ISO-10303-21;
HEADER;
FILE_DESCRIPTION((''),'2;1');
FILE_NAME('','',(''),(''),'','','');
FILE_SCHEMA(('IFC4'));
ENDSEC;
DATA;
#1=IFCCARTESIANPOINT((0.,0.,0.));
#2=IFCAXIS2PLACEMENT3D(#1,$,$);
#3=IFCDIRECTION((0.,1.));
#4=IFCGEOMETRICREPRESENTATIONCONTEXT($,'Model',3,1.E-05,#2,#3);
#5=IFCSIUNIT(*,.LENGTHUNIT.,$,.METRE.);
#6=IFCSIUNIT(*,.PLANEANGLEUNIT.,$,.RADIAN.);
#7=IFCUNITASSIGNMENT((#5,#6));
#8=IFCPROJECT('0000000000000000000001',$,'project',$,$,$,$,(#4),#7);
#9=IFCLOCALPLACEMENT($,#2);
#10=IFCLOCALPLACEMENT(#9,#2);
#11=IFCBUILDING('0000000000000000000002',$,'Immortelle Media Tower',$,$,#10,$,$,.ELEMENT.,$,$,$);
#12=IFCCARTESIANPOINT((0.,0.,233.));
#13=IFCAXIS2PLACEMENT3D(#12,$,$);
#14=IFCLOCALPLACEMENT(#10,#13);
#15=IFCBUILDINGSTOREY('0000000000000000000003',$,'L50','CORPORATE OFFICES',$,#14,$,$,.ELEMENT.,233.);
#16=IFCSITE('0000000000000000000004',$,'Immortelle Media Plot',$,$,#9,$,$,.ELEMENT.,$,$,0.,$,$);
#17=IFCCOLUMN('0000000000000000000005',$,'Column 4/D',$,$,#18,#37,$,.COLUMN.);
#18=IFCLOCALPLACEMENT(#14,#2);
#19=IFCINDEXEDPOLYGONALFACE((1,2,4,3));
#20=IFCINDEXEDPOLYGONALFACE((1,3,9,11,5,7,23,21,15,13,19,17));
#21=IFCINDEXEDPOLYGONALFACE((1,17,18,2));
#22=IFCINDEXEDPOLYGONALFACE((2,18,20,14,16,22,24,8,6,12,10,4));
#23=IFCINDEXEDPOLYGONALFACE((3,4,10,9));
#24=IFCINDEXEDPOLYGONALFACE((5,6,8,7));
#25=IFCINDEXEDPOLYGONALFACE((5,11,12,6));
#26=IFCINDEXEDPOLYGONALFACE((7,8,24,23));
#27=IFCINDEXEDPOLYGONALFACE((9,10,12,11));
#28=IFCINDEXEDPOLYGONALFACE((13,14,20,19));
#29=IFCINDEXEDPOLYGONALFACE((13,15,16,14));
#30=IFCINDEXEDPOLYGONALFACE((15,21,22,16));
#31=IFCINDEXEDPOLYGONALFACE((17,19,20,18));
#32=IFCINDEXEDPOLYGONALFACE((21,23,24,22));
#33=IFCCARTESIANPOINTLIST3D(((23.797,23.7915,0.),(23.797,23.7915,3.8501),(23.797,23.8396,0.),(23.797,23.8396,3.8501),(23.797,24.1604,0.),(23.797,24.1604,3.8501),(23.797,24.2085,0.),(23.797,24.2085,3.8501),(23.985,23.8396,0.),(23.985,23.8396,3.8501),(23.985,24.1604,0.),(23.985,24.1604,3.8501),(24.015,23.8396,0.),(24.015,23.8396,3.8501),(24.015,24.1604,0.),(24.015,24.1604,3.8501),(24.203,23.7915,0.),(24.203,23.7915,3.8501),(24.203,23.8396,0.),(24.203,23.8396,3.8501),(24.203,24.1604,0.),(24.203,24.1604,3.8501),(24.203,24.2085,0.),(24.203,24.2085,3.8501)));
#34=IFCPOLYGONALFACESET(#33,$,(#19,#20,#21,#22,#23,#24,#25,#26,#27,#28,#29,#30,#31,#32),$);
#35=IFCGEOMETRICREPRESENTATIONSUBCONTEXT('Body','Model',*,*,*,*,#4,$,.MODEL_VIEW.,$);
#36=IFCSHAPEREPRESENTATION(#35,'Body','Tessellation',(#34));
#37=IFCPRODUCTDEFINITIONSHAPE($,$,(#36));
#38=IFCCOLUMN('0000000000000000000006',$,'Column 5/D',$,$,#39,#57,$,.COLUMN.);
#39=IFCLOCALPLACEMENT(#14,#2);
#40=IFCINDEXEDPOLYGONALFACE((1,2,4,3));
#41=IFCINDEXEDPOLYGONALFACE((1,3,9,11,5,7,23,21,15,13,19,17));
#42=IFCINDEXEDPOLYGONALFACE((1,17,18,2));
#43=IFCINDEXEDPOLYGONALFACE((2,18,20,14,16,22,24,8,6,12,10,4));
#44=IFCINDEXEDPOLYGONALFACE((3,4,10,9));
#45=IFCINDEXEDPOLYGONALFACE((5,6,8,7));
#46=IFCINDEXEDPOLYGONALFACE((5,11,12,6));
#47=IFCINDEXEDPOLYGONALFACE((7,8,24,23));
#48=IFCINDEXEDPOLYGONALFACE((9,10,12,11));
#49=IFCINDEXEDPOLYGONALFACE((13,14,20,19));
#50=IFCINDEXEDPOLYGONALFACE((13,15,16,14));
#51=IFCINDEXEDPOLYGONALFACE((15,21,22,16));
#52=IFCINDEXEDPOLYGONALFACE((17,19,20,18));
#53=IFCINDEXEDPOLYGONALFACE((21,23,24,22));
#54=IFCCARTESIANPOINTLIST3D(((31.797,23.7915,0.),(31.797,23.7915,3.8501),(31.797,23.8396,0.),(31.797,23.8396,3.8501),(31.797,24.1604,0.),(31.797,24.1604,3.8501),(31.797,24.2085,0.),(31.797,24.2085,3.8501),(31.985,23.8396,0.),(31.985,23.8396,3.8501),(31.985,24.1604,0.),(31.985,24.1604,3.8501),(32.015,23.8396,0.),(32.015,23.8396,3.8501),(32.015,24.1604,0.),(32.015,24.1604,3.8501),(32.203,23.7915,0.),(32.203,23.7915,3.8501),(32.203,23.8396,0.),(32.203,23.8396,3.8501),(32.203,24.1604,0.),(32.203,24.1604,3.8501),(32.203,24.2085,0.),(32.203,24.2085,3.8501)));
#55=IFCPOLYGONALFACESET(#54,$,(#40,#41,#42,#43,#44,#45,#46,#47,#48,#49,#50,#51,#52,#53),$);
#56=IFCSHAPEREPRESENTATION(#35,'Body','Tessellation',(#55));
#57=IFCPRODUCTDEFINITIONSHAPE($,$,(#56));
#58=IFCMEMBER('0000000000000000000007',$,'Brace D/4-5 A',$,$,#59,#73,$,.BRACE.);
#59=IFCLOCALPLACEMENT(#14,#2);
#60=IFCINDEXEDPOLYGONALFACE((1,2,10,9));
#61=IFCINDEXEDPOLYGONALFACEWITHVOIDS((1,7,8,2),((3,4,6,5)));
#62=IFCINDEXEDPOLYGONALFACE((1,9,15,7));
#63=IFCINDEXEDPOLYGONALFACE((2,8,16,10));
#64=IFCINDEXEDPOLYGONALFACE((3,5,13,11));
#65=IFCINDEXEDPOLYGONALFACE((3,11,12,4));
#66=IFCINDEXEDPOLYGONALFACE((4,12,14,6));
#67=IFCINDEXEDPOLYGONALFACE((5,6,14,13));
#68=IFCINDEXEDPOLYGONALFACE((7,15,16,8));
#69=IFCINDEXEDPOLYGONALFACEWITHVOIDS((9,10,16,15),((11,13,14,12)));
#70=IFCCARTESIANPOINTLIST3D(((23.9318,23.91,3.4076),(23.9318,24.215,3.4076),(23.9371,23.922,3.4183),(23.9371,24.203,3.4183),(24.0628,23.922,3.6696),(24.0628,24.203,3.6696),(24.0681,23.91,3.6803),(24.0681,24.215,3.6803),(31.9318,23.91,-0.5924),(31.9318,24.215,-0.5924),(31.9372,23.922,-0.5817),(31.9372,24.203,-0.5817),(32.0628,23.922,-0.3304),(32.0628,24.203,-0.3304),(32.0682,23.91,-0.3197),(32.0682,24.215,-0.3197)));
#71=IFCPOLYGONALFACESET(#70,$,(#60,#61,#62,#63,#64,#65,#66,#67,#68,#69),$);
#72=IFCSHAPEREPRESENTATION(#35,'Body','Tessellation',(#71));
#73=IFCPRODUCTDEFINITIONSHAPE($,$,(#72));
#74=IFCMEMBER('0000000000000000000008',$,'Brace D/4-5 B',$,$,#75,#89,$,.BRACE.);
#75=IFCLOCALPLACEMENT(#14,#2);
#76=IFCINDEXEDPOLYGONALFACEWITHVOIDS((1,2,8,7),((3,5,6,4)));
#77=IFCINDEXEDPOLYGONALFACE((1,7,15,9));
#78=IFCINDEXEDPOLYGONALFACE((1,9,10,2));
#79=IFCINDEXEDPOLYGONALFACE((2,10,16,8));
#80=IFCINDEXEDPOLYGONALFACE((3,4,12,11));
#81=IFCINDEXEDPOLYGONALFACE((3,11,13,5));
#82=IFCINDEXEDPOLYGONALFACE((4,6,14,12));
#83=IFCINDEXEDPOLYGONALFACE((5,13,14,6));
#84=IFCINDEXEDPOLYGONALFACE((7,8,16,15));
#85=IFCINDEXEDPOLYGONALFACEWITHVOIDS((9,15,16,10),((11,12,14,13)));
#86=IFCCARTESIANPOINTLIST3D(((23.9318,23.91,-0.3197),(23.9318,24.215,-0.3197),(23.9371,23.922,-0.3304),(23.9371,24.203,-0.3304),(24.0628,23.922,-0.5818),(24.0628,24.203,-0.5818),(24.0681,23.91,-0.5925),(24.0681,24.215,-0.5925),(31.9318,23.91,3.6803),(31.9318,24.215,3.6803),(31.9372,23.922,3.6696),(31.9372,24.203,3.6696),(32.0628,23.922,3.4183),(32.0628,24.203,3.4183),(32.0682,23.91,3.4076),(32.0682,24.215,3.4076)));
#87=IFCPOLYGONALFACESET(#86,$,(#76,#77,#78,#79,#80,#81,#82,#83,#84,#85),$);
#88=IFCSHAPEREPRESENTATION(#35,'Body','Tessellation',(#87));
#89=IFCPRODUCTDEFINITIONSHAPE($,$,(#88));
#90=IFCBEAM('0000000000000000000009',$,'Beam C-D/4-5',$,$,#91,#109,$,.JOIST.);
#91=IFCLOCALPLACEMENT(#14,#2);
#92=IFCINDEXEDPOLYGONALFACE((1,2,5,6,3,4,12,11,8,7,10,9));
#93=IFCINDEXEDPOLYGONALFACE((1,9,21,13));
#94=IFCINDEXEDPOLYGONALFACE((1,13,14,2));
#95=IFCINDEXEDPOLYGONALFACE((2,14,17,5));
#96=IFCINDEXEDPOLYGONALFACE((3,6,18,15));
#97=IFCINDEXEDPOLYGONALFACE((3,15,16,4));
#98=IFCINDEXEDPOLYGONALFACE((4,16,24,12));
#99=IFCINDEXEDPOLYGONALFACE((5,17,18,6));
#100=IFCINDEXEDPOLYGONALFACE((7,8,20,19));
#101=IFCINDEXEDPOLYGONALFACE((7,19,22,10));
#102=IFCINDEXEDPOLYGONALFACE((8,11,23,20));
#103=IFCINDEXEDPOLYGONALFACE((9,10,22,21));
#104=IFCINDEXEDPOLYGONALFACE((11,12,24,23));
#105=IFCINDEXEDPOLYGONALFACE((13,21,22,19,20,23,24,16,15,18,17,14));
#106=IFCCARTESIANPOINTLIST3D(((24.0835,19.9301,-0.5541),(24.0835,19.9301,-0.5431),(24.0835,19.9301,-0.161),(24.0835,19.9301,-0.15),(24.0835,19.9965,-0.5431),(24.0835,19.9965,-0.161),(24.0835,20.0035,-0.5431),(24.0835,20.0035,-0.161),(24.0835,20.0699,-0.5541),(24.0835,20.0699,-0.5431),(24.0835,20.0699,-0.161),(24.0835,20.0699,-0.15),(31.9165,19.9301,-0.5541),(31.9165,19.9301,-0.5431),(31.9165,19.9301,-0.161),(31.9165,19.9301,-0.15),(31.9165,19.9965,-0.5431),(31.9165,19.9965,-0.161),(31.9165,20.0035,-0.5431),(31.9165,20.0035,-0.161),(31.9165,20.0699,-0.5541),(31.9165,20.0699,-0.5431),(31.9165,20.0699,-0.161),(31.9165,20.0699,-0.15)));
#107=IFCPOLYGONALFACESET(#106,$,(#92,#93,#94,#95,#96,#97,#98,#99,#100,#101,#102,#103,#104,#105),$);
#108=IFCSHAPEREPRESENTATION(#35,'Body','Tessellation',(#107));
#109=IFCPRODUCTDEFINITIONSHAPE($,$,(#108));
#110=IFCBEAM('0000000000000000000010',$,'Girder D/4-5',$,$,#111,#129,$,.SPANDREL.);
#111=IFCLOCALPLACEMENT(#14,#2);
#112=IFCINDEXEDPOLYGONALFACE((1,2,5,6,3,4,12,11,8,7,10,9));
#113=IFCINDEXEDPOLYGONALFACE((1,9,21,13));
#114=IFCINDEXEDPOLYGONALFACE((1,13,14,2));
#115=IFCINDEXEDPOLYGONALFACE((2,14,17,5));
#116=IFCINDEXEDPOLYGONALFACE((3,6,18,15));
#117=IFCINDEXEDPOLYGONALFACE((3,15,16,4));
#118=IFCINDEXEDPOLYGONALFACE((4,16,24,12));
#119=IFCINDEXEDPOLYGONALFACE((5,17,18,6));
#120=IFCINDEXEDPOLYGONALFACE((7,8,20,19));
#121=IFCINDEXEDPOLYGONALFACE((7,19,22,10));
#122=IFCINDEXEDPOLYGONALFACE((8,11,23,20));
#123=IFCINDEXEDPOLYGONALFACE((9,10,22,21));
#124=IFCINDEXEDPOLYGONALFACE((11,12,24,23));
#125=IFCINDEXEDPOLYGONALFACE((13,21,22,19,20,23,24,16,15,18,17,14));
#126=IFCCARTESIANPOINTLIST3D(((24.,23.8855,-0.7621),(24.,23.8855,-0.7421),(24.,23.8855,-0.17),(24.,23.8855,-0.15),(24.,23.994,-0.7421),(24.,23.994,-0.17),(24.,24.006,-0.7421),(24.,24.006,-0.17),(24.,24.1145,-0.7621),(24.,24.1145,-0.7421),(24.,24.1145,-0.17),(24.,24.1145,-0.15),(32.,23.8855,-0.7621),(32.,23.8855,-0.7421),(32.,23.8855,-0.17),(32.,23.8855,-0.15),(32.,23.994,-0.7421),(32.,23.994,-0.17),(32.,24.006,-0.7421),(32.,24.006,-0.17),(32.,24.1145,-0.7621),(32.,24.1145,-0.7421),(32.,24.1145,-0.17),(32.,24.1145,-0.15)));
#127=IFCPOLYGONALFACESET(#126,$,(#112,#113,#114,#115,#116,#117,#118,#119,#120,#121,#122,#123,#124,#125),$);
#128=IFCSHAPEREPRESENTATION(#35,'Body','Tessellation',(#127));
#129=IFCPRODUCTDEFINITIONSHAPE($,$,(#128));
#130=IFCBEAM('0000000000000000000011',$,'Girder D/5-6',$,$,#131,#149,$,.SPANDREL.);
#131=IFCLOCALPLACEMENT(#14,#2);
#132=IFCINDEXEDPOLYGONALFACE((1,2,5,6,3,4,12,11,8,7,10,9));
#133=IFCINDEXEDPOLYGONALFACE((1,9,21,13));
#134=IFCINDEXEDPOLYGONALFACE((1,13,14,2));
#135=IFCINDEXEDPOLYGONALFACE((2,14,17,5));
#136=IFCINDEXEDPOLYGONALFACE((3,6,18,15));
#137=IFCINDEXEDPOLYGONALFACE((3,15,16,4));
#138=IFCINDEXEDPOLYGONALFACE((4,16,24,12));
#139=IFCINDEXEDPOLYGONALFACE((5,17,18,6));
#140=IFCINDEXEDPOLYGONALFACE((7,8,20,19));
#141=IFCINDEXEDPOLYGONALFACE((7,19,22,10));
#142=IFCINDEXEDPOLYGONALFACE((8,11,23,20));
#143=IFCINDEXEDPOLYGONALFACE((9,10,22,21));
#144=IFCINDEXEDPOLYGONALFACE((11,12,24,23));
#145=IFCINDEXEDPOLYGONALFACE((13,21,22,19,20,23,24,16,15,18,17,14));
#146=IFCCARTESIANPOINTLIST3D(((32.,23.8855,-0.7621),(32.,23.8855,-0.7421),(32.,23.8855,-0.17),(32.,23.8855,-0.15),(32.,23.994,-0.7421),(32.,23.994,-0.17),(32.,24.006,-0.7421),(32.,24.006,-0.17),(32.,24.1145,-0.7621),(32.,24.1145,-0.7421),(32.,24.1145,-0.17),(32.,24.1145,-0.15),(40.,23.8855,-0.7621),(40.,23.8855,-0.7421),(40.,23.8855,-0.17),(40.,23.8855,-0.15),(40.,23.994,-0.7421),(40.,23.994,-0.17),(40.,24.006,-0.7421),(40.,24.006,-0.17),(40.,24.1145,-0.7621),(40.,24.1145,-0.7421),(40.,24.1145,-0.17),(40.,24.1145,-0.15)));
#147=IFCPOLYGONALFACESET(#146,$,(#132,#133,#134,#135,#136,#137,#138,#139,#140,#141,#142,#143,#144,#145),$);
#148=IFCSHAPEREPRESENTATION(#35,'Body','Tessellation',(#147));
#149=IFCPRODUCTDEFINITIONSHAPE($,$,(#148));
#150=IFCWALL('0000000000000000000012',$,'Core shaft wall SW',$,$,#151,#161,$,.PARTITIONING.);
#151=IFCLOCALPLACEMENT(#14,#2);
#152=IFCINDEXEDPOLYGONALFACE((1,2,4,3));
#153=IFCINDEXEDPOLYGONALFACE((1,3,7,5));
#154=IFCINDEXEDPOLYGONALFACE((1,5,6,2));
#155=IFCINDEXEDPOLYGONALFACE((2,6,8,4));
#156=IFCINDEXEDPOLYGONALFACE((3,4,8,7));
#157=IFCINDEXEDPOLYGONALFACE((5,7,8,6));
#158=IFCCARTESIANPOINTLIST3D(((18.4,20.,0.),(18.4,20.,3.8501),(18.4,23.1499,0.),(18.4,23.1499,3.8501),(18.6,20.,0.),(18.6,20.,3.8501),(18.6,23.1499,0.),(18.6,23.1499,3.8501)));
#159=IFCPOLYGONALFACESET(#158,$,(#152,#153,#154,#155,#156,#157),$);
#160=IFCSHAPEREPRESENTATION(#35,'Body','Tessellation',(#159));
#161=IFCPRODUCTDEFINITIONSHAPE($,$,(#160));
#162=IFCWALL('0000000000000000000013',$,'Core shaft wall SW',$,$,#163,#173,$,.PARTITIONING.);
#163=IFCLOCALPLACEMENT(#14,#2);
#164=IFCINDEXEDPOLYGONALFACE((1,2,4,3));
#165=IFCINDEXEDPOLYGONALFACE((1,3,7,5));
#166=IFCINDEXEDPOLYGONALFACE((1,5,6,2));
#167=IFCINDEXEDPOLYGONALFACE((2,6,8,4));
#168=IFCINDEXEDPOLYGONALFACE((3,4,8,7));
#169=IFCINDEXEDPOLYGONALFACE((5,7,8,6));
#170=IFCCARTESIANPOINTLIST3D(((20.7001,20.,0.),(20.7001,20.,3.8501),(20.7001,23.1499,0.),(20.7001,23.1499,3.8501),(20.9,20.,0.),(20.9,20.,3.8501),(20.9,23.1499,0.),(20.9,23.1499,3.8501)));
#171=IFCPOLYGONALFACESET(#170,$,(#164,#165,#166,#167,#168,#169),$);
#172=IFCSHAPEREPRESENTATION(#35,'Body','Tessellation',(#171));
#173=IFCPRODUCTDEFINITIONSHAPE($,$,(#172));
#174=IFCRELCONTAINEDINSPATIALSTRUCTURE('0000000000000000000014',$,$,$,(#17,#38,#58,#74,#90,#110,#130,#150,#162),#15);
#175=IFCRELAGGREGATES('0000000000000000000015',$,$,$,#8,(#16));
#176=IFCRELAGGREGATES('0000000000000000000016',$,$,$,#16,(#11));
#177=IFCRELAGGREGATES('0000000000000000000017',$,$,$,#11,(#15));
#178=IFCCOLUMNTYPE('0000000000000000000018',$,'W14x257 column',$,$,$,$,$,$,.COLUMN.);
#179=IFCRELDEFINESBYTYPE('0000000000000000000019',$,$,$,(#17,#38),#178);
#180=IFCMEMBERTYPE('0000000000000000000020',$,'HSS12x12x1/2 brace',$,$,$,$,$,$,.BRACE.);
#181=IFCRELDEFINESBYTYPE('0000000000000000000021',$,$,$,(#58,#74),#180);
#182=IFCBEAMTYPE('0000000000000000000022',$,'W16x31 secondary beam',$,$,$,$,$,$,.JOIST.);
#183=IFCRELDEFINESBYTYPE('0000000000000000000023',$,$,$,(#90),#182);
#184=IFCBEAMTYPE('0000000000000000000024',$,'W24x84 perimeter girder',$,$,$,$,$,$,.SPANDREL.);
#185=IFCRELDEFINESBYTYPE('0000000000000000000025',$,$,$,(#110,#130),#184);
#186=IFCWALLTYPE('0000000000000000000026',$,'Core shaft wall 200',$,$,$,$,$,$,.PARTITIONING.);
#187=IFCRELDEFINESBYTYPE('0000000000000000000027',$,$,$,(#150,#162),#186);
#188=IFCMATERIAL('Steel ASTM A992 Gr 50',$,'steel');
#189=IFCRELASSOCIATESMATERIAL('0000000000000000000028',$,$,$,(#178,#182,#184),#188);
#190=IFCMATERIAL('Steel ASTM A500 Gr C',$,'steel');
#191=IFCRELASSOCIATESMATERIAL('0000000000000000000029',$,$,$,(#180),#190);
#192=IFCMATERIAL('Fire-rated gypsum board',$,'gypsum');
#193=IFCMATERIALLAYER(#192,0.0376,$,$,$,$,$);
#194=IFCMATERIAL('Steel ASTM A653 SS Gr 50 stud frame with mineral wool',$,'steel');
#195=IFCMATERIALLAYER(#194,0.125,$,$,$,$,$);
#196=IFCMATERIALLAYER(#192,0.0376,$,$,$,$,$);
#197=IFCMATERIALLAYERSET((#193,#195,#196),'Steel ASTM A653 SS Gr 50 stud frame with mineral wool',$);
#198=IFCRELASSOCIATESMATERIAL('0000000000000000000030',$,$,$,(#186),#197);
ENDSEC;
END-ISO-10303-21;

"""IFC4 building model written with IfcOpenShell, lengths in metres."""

from ifc_helpers import new_model, si_unit, direction, frame, frame_2d, origin, origin_2d, place, context, subcontext, project, spatial, rectangle, hollow_rectangle, i_section, extrude, material, layer, layer_set, material_profile, profile_set, type_object, element, save


model = new_model("IFC4")

# Units and contexts
model_context = context("Model", 3, precision=1e-05, world=origin(), true_north=direction((0.0, 1.0)))
body_context = subcontext(model_context, "Body", "Model", "MODEL_VIEW")
ifc_project = project(units=[si_unit("LENGTHUNIT", "METRE"), si_unit("PLANEANGLEUNIT", "RADIAN")], contexts=[model_context])

# Site, building, storey
site_placement = place(None, origin())
site = spatial("IfcSite", under=ifc_project, at=site_placement, Name="Immortelle Media Plot", CompositionType="ELEMENT", RefElevation=0.0)
building_placement = place(site_placement, origin())
building = spatial("IfcBuilding", under=site, at=building_placement, Name="Immortelle Media Tower", CompositionType="ELEMENT")
storey_placement = place(building_placement, frame((0.0, 0.0, 233.0)))
storey = spatial("IfcBuildingStorey", under=building, at=storey_placement, Name="L50", Description="CORPORATE OFFICES", CompositionType="ELEMENT", Elevation=233.0)

# Columns
ifc_material_1 = material(Name="Steel ASTM A992 Gr 50", Category="steel")
ifc_material_profile_1 = material_profile(ifc_material_1, i_section(OverallWidth=0.406, OverallDepth=0.417, WebThickness=0.03, FlangeThickness=0.0481, at=origin_2d()), Name="W14x257")
ifc_profile_set_1 = profile_set([ifc_material_profile_1], Name="Steel ASTM A992 Gr 50")
column_type = type_object("IfcColumnType", Name="W14x257 column", PredefinedType="COLUMN", material=ifc_profile_set_1)
for number, where, z_axis, x_axis, name in (
    (1, (24.0, 24.0, 0.0), (0.0, 0.0, 1.0), (1.0, 0.0, 0.0), "Column 4/D"),
    (2, (32.0, 24.0, 0.0), (0.0, 0.0, 1.0), (1.0, 0.0, 0.0), "Column 5/D"),
):
    element("IfcColumn", number, at=place(storey_placement, frame(where, z_axis=z_axis, x_axis=x_axis)), inside=storey, type_object=column_type, Name=name, PredefinedType="COLUMN", context=body_context, shape_type="SweptSolid", body=[
        extrude(i_section(OverallWidth=0.406, OverallDepth=0.417, WebThickness=0.03, FlangeThickness=0.0481, at=origin_2d()), origin(), (0.0, 0.0, 1.0), 3.8501),
    ])

# Members
ifc_material_2 = material(Name="Steel ASTM A500 Gr C", Category="steel")
ifc_material_profile_2 = material_profile(ifc_material_2, hollow_rectangle(XDim=0.3049, YDim=0.3049, WallThickness=0.012, at=origin_2d()), Name="HSS12x12x1/2 brace")
ifc_profile_set_2 = profile_set([ifc_material_profile_2], Name="Steel ASTM A500 Gr C")
member_type = type_object("IfcMemberType", Name="HSS12x12x1/2 brace", PredefinedType="BRACE", material=ifc_profile_set_2)
for number, where, z_axis, x_axis, name in (
    (3, (32.0, 24.0625, -0.4561), (-0.894427, 0.0, 0.447214), (0.0, -1.0, 0.0), "Brace D/4-5 A"),
    (4, (32.0, 24.0625, 3.5439), (-0.894427, 0.0, -0.447214), (0.0, -1.0, 0.0), "Brace D/4-5 B"),
):
    element("IfcMember", number, at=place(storey_placement, frame(where, z_axis=z_axis, x_axis=x_axis)), inside=storey, type_object=member_type, Name=name, PredefinedType="BRACE", context=body_context, shape_type="SweptSolid", body=[
        extrude(hollow_rectangle(XDim=0.3049, YDim=0.3049, WallThickness=0.012, at=origin_2d()), origin(), (0.0, 0.0, 1.0), 8.9443),
    ])

# Beams
ifc_material_profile_3 = material_profile(ifc_material_1, i_section(OverallWidth=0.1399, OverallDepth=0.4041, WebThickness=0.0071, FlangeThickness=0.011, at=origin_2d()), Name="W16x31")
ifc_profile_set_3 = profile_set([ifc_material_profile_3], Name="Steel ASTM A992 Gr 50")
beam_type_1 = type_object("IfcBeamType", Name="W16x31 secondary beam", PredefinedType="JOIST", material=ifc_profile_set_3)
beam_placement = place(storey_placement, frame((24.0835, 20.0, -0.3521), z_axis=(1.0, 0.0, 0.0), x_axis=(0.0, 1.0, 0.0)))
element("IfcBeam", 5, at=beam_placement, inside=storey, type_object=beam_type_1, Name="Beam C-D/4-5", PredefinedType="JOIST", context=body_context, shape_type="SweptSolid", body=[
    extrude(i_section(OverallWidth=0.1399, OverallDepth=0.4041, WebThickness=0.0071, FlangeThickness=0.011, at=origin_2d()), origin(), (0.0, 0.0, 1.0), 7.833),
])
ifc_material_profile_4 = material_profile(ifc_material_1, i_section(OverallWidth=0.229, OverallDepth=0.6121, WebThickness=0.012, FlangeThickness=0.02, at=origin_2d()), Name="W24x84")
ifc_profile_set_4 = profile_set([ifc_material_profile_4], Name="Steel ASTM A992 Gr 50")
beam_type_2 = type_object("IfcBeamType", Name="W24x84 perimeter girder", PredefinedType="SPANDREL", material=ifc_profile_set_4)
for number, where, z_axis, x_axis, name in (
    (6, (24.0, 24.0, -0.4561), (1.0, 0.0, 0.0), (0.0, 1.0, 0.0), "Girder D/4-5"),
    (7, (32.0, 24.0, -0.4561), (1.0, 0.0, 0.0), (0.0, 1.0, 0.0), "Girder D/5-6"),
):
    element("IfcBeam", number, at=place(storey_placement, frame(where, z_axis=z_axis, x_axis=x_axis)), inside=storey, type_object=beam_type_2, Name=name, PredefinedType="SPANDREL", context=body_context, shape_type="SweptSolid", body=[
        extrude(i_section(OverallWidth=0.229, OverallDepth=0.6121, WebThickness=0.012, FlangeThickness=0.02, at=origin_2d()), origin(), (0.0, 0.0, 1.0), 8.0),
    ])

# Walls
ifc_material_3 = material(Name="Fire-rated gypsum board", Category="gypsum")
ifc_layer_1 = layer(ifc_material_3, 0.0376)
ifc_material_4 = material(Name="Steel ASTM A653 SS Gr 50 stud frame with mineral wool", Category="steel")
ifc_layer_2 = layer(ifc_material_4, 0.125)
ifc_layer_3 = layer(ifc_material_3, 0.0376)
ifc_layer_set_1 = layer_set([ifc_layer_1, ifc_layer_2, ifc_layer_3], Name="Steel ASTM A653 SS Gr 50 stud frame with mineral wool")
wall_type_1 = type_object("IfcWallType", Name="Core shaft wall 200", PredefinedType="PARTITIONING", material=ifc_layer_set_1)
for number, where, z_axis, x_axis, name in (
    (8, (18.5, 20.0, 0.0), (0.0, 0.0, 1.0), (0.0, 1.0, 0.0), "Core shaft wall SW"),
    (9, (20.8, 20.0, 0.0), (0.0, 0.0, 1.0), (0.0, 1.0, 0.0), "Core shaft wall SW"),
):
    element("IfcWall", number, at=place(storey_placement, frame(where, z_axis=z_axis, x_axis=x_axis)), inside=storey, type_object=wall_type_1, Name=name, PredefinedType="PARTITIONING", context=body_context, shape_type="SweptSolid", body=[
        extrude(rectangle(XDim=3.1499, YDim=0.2, at=frame_2d((1.575, 0.0))), origin(), (0.0, 0.0, 1.0), 3.8501),
    ])

save(model, "model.ifc")
